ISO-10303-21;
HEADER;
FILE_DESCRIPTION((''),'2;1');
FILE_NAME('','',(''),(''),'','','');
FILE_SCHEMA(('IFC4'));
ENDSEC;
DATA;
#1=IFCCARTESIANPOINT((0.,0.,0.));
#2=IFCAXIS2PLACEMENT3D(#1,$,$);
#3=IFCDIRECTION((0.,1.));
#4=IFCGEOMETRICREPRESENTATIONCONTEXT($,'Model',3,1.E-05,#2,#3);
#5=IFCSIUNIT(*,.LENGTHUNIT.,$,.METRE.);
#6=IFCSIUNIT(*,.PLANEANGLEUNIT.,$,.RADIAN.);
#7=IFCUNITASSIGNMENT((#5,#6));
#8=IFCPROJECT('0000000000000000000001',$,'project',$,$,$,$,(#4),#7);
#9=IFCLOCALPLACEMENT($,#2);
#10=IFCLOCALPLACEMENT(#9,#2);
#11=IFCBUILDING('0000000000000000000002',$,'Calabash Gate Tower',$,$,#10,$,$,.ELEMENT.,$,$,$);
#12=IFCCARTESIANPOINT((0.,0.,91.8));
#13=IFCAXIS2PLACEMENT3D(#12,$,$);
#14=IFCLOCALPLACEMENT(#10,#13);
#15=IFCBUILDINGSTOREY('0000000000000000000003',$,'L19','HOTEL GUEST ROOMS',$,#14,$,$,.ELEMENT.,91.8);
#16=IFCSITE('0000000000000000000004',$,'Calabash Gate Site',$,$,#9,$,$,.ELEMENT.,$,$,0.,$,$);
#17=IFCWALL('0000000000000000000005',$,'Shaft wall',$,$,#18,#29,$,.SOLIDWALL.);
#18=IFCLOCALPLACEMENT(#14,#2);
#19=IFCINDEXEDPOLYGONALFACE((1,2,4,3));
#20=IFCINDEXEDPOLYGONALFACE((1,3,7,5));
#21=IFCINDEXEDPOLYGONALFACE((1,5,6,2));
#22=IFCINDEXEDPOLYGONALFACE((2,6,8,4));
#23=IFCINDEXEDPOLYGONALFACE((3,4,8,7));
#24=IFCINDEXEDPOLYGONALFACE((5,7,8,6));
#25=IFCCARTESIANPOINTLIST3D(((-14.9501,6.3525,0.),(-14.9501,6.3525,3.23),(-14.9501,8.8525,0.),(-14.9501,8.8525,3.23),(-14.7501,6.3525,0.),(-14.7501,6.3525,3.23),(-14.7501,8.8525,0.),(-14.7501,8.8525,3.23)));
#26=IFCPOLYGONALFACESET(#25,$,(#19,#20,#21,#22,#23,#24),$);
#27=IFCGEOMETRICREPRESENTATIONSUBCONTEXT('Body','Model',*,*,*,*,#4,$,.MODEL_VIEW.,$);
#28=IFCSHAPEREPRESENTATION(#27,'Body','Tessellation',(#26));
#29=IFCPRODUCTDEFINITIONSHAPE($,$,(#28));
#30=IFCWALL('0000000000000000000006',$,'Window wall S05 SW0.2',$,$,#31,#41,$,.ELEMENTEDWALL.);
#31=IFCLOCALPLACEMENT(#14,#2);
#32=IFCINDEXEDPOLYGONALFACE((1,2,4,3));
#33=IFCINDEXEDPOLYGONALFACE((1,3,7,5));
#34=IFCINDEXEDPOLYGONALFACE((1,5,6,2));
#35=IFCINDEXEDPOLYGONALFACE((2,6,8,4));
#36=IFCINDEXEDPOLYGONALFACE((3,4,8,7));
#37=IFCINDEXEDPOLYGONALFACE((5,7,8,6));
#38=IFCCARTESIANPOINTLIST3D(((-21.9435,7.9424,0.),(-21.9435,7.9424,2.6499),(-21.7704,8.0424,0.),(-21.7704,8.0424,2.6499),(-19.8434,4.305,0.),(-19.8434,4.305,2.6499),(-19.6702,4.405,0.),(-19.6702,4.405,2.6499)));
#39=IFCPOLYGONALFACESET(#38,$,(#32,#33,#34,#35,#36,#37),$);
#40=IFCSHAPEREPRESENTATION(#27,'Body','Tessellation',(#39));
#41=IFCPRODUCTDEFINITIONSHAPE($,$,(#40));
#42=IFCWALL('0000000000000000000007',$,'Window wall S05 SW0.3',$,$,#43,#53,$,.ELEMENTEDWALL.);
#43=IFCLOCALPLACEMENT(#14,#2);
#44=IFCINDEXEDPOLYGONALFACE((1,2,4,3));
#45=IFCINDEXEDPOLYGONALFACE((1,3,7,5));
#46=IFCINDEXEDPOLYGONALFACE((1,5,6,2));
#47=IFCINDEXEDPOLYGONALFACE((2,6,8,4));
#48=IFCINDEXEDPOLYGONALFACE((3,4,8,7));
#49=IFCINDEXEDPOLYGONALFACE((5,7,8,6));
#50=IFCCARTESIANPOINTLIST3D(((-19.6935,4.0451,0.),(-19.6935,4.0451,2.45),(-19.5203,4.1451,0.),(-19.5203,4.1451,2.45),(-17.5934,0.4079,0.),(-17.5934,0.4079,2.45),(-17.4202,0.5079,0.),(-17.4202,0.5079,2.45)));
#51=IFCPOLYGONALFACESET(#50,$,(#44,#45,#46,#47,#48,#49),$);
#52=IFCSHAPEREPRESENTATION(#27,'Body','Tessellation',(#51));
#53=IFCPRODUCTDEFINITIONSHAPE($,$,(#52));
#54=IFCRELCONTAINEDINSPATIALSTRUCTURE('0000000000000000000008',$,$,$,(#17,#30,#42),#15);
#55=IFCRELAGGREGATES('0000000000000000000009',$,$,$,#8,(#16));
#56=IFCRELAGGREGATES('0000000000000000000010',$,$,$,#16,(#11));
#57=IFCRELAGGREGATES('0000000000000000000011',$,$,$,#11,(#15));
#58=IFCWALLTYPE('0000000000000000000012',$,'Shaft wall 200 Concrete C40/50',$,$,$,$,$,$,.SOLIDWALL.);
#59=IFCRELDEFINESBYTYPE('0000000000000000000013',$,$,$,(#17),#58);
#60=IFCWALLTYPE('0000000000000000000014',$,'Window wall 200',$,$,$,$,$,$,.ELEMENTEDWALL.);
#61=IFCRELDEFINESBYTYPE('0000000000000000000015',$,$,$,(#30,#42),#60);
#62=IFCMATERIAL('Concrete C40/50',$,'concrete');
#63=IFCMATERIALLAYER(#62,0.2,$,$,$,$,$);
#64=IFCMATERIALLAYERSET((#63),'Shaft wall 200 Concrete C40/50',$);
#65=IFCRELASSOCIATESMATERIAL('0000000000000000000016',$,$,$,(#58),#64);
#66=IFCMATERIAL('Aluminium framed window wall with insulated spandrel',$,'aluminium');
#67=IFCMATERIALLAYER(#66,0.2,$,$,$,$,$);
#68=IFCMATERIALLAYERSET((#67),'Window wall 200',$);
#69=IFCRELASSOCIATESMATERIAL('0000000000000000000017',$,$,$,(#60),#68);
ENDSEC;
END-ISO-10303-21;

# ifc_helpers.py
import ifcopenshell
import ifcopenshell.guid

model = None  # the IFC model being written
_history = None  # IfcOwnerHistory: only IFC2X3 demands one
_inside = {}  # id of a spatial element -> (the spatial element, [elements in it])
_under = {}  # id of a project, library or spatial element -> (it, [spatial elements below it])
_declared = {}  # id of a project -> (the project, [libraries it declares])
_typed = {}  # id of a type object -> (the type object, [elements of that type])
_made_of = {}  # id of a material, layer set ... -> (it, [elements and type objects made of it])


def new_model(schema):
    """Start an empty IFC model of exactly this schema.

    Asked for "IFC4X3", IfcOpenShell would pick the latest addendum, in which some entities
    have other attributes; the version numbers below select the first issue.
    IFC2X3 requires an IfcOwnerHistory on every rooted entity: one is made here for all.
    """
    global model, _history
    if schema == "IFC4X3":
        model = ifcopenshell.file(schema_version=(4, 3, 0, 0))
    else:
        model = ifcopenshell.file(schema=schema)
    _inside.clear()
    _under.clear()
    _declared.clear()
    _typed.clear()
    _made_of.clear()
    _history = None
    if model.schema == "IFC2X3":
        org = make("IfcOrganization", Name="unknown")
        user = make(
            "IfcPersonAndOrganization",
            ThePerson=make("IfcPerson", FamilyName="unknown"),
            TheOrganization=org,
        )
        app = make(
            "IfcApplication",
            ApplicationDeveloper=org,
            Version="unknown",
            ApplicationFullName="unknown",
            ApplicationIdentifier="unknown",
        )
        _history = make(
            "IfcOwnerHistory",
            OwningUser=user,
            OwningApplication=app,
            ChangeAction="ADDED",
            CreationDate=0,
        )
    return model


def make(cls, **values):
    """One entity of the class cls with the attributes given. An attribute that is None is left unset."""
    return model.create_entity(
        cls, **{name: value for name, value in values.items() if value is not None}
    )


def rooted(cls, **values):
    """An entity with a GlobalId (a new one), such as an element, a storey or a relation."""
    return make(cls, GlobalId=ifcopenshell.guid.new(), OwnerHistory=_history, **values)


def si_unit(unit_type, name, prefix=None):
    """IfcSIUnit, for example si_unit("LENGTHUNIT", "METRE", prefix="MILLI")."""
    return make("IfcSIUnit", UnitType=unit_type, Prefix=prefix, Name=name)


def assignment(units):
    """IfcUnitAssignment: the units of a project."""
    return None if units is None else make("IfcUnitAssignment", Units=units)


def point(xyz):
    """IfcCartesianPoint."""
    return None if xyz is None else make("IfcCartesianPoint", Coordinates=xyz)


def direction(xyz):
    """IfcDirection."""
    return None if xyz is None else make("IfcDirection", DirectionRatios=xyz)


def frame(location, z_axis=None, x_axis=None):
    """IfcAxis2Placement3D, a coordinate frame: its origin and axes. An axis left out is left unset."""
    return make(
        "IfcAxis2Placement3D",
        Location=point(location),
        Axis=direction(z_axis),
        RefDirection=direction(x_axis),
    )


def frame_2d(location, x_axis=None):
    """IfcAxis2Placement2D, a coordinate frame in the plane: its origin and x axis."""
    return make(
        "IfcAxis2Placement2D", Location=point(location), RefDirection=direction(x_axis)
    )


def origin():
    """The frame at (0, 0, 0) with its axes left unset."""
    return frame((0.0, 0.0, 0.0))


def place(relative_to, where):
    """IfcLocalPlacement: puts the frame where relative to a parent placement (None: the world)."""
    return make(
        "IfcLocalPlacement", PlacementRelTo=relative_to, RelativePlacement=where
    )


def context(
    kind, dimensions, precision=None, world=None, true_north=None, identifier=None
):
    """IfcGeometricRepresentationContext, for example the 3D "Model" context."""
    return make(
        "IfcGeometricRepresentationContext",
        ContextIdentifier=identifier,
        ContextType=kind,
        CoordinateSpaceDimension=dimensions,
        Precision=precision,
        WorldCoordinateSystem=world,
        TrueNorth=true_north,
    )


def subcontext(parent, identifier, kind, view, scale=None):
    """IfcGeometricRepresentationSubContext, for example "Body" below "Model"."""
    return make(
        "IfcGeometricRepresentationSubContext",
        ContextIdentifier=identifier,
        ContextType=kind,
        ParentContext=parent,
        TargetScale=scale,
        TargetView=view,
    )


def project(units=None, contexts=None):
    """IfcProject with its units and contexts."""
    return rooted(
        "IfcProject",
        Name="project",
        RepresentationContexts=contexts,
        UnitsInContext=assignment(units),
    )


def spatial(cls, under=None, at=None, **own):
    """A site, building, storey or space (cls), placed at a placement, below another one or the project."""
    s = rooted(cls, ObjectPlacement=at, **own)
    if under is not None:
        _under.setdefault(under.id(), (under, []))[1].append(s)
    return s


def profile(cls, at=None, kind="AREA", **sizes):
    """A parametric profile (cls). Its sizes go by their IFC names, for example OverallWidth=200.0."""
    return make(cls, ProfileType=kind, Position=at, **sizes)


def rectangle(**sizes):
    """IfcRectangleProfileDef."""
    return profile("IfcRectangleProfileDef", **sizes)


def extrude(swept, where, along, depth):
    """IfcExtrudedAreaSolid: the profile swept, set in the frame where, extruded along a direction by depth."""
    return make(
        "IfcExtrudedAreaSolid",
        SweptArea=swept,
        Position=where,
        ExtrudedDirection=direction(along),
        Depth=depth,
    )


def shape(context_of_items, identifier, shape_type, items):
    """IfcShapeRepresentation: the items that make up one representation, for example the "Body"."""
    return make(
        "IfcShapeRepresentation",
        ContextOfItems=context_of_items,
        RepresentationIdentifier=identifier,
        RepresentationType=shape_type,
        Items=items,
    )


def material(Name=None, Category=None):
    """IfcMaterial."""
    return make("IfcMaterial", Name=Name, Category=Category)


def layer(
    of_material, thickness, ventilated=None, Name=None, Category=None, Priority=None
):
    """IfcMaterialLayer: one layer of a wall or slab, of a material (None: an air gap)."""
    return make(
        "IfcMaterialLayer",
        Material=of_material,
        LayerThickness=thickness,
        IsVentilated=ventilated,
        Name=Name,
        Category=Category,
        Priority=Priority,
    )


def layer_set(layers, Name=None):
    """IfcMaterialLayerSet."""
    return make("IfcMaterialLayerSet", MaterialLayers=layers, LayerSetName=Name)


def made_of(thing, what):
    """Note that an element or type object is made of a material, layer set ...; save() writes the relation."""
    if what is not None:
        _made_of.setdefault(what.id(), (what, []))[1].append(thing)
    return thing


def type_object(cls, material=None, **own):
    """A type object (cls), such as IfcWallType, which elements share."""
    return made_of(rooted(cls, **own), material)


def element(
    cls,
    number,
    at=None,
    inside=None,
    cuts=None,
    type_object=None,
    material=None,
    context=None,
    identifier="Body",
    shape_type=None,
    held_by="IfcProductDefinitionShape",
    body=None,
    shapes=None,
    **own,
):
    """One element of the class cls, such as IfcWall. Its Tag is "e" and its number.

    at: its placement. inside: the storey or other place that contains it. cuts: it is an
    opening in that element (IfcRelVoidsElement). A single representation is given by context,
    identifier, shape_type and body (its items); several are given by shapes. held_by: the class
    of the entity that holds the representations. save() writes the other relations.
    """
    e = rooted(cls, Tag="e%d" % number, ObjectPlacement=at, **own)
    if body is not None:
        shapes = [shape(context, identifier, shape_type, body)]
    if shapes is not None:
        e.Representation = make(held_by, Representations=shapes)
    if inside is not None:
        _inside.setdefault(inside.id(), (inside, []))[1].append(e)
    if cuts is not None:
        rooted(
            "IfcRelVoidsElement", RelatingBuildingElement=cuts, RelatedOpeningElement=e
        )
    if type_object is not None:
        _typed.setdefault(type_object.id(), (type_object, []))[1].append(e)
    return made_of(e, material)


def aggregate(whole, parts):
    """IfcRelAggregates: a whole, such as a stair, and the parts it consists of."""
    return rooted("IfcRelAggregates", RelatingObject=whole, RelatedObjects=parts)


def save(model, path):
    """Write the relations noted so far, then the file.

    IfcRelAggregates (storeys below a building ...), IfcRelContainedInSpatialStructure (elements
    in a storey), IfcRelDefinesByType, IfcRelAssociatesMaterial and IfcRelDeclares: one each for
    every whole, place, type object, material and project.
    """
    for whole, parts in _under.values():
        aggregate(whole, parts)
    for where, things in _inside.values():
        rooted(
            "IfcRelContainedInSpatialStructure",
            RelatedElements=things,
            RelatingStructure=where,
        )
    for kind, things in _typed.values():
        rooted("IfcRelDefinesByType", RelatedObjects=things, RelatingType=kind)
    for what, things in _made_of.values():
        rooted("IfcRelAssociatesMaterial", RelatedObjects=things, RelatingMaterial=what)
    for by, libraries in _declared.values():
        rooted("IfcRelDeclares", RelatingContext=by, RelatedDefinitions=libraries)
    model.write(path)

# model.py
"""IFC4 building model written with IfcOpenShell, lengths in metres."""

from ifc_helpers import new_model, si_unit, direction, frame, frame_2d, origin, place, context, subcontext, project, spatial, rectangle, extrude, material, layer, layer_set, type_object, element, save


model = new_model("IFC4")

# Units and contexts
model_context = context("Model", 3, precision=1e-05, world=origin(), true_north=direction((0.0, 1.0)))
body_context = subcontext(model_context, "Body", "Model", "MODEL_VIEW")
ifc_project = project(units=[si_unit("LENGTHUNIT", "METRE"), si_unit("PLANEANGLEUNIT", "RADIAN")], contexts=[model_context])

# Site, building, storey
site_placement = place(None, origin())
site = spatial("IfcSite", under=ifc_project, at=site_placement, Name="Calabash Gate Site", CompositionType="ELEMENT", RefElevation=0.0)
building_placement = place(site_placement, origin())
building = spatial("IfcBuilding", under=site, at=building_placement, Name="Calabash Gate Tower", CompositionType="ELEMENT")
storey_placement = place(building_placement, frame((0.0, 0.0, 91.8)))
storey = spatial("IfcBuildingStorey", under=building, at=storey_placement, Name="L19", Description="HOTEL GUEST ROOMS", CompositionType="ELEMENT", Elevation=91.8)

# Walls
ifc_material_1 = material(Name="Concrete C40/50", Category="concrete")
ifc_layer_1 = layer(ifc_material_1, 0.2)
ifc_layer_set_1 = layer_set([ifc_layer_1], Name="Shaft wall 200 Concrete C40/50")
wall_type_1 = type_object("IfcWallType", Name="Shaft wall 200 Concrete C40/50", PredefinedType="SOLIDWALL", material=ifc_layer_set_1)
wall_1_placement = place(storey_placement, frame((-14.8501, 6.3525, 0.0), z_axis=(0.0, 0.0, 1.0), x_axis=(0.0, 1.0, 0.0)))
element("IfcWall", 1, at=wall_1_placement, inside=storey, type_object=wall_type_1, Name="Shaft wall", PredefinedType="SOLIDWALL", context=body_context, shape_type="SweptSolid", body=[
    extrude(rectangle(XDim=2.5, YDim=0.2, at=frame_2d((1.25, 0.0))), origin(), (0.0, 0.0, 1.0), 3.23),
])
ifc_material_2 = material(Name="Aluminium framed window wall with insulated spandrel", Category="aluminium")
ifc_layer_2 = layer(ifc_material_2, 0.2)
ifc_layer_set_2 = layer_set([ifc_layer_2], Name="Window wall 200")
wall_type_2 = type_object("IfcWallType", Name="Window wall 200", PredefinedType="ELEMENTEDWALL", material=ifc_layer_set_2)
wall_2_placement = place(storey_placement, frame((-21.8569, 7.9924, 0.0), z_axis=(0.0, 0.0, 1.0), x_axis=(0.500003, -0.866024, 0.0)))
element("IfcWall", 2, at=wall_2_placement, inside=storey, type_object=wall_type_2, Name="Window wall S05 SW0.2", PredefinedType="ELEMENTEDWALL", context=body_context, shape_type="SweptSolid", body=[
    extrude(rectangle(XDim=4.2002, YDim=0.2, at=frame_2d((2.1001, 0.0))), origin(), (0.0, 0.0, 1.0), 2.6499),
])
wall_3_placement = place(storey_placement, frame((-19.6069, 4.0952, 0.0), z_axis=(0.0, 0.0, 1.0), x_axis=(0.500028, -0.866009, 0.0)))
element("IfcWall", 3, at=wall_3_placement, inside=storey, type_object=wall_type_2, Name="Window wall S05 SW0.3", PredefinedType="ELEMENTEDWALL", context=body_context, shape_type="SweptSolid", body=[
    extrude(rectangle(XDim=4.2, YDim=0.2, at=frame_2d((2.1001, 0.0))), origin(), (0.0, 0.0, 1.0), 2.45),
])

save(model, "model.ifc")
